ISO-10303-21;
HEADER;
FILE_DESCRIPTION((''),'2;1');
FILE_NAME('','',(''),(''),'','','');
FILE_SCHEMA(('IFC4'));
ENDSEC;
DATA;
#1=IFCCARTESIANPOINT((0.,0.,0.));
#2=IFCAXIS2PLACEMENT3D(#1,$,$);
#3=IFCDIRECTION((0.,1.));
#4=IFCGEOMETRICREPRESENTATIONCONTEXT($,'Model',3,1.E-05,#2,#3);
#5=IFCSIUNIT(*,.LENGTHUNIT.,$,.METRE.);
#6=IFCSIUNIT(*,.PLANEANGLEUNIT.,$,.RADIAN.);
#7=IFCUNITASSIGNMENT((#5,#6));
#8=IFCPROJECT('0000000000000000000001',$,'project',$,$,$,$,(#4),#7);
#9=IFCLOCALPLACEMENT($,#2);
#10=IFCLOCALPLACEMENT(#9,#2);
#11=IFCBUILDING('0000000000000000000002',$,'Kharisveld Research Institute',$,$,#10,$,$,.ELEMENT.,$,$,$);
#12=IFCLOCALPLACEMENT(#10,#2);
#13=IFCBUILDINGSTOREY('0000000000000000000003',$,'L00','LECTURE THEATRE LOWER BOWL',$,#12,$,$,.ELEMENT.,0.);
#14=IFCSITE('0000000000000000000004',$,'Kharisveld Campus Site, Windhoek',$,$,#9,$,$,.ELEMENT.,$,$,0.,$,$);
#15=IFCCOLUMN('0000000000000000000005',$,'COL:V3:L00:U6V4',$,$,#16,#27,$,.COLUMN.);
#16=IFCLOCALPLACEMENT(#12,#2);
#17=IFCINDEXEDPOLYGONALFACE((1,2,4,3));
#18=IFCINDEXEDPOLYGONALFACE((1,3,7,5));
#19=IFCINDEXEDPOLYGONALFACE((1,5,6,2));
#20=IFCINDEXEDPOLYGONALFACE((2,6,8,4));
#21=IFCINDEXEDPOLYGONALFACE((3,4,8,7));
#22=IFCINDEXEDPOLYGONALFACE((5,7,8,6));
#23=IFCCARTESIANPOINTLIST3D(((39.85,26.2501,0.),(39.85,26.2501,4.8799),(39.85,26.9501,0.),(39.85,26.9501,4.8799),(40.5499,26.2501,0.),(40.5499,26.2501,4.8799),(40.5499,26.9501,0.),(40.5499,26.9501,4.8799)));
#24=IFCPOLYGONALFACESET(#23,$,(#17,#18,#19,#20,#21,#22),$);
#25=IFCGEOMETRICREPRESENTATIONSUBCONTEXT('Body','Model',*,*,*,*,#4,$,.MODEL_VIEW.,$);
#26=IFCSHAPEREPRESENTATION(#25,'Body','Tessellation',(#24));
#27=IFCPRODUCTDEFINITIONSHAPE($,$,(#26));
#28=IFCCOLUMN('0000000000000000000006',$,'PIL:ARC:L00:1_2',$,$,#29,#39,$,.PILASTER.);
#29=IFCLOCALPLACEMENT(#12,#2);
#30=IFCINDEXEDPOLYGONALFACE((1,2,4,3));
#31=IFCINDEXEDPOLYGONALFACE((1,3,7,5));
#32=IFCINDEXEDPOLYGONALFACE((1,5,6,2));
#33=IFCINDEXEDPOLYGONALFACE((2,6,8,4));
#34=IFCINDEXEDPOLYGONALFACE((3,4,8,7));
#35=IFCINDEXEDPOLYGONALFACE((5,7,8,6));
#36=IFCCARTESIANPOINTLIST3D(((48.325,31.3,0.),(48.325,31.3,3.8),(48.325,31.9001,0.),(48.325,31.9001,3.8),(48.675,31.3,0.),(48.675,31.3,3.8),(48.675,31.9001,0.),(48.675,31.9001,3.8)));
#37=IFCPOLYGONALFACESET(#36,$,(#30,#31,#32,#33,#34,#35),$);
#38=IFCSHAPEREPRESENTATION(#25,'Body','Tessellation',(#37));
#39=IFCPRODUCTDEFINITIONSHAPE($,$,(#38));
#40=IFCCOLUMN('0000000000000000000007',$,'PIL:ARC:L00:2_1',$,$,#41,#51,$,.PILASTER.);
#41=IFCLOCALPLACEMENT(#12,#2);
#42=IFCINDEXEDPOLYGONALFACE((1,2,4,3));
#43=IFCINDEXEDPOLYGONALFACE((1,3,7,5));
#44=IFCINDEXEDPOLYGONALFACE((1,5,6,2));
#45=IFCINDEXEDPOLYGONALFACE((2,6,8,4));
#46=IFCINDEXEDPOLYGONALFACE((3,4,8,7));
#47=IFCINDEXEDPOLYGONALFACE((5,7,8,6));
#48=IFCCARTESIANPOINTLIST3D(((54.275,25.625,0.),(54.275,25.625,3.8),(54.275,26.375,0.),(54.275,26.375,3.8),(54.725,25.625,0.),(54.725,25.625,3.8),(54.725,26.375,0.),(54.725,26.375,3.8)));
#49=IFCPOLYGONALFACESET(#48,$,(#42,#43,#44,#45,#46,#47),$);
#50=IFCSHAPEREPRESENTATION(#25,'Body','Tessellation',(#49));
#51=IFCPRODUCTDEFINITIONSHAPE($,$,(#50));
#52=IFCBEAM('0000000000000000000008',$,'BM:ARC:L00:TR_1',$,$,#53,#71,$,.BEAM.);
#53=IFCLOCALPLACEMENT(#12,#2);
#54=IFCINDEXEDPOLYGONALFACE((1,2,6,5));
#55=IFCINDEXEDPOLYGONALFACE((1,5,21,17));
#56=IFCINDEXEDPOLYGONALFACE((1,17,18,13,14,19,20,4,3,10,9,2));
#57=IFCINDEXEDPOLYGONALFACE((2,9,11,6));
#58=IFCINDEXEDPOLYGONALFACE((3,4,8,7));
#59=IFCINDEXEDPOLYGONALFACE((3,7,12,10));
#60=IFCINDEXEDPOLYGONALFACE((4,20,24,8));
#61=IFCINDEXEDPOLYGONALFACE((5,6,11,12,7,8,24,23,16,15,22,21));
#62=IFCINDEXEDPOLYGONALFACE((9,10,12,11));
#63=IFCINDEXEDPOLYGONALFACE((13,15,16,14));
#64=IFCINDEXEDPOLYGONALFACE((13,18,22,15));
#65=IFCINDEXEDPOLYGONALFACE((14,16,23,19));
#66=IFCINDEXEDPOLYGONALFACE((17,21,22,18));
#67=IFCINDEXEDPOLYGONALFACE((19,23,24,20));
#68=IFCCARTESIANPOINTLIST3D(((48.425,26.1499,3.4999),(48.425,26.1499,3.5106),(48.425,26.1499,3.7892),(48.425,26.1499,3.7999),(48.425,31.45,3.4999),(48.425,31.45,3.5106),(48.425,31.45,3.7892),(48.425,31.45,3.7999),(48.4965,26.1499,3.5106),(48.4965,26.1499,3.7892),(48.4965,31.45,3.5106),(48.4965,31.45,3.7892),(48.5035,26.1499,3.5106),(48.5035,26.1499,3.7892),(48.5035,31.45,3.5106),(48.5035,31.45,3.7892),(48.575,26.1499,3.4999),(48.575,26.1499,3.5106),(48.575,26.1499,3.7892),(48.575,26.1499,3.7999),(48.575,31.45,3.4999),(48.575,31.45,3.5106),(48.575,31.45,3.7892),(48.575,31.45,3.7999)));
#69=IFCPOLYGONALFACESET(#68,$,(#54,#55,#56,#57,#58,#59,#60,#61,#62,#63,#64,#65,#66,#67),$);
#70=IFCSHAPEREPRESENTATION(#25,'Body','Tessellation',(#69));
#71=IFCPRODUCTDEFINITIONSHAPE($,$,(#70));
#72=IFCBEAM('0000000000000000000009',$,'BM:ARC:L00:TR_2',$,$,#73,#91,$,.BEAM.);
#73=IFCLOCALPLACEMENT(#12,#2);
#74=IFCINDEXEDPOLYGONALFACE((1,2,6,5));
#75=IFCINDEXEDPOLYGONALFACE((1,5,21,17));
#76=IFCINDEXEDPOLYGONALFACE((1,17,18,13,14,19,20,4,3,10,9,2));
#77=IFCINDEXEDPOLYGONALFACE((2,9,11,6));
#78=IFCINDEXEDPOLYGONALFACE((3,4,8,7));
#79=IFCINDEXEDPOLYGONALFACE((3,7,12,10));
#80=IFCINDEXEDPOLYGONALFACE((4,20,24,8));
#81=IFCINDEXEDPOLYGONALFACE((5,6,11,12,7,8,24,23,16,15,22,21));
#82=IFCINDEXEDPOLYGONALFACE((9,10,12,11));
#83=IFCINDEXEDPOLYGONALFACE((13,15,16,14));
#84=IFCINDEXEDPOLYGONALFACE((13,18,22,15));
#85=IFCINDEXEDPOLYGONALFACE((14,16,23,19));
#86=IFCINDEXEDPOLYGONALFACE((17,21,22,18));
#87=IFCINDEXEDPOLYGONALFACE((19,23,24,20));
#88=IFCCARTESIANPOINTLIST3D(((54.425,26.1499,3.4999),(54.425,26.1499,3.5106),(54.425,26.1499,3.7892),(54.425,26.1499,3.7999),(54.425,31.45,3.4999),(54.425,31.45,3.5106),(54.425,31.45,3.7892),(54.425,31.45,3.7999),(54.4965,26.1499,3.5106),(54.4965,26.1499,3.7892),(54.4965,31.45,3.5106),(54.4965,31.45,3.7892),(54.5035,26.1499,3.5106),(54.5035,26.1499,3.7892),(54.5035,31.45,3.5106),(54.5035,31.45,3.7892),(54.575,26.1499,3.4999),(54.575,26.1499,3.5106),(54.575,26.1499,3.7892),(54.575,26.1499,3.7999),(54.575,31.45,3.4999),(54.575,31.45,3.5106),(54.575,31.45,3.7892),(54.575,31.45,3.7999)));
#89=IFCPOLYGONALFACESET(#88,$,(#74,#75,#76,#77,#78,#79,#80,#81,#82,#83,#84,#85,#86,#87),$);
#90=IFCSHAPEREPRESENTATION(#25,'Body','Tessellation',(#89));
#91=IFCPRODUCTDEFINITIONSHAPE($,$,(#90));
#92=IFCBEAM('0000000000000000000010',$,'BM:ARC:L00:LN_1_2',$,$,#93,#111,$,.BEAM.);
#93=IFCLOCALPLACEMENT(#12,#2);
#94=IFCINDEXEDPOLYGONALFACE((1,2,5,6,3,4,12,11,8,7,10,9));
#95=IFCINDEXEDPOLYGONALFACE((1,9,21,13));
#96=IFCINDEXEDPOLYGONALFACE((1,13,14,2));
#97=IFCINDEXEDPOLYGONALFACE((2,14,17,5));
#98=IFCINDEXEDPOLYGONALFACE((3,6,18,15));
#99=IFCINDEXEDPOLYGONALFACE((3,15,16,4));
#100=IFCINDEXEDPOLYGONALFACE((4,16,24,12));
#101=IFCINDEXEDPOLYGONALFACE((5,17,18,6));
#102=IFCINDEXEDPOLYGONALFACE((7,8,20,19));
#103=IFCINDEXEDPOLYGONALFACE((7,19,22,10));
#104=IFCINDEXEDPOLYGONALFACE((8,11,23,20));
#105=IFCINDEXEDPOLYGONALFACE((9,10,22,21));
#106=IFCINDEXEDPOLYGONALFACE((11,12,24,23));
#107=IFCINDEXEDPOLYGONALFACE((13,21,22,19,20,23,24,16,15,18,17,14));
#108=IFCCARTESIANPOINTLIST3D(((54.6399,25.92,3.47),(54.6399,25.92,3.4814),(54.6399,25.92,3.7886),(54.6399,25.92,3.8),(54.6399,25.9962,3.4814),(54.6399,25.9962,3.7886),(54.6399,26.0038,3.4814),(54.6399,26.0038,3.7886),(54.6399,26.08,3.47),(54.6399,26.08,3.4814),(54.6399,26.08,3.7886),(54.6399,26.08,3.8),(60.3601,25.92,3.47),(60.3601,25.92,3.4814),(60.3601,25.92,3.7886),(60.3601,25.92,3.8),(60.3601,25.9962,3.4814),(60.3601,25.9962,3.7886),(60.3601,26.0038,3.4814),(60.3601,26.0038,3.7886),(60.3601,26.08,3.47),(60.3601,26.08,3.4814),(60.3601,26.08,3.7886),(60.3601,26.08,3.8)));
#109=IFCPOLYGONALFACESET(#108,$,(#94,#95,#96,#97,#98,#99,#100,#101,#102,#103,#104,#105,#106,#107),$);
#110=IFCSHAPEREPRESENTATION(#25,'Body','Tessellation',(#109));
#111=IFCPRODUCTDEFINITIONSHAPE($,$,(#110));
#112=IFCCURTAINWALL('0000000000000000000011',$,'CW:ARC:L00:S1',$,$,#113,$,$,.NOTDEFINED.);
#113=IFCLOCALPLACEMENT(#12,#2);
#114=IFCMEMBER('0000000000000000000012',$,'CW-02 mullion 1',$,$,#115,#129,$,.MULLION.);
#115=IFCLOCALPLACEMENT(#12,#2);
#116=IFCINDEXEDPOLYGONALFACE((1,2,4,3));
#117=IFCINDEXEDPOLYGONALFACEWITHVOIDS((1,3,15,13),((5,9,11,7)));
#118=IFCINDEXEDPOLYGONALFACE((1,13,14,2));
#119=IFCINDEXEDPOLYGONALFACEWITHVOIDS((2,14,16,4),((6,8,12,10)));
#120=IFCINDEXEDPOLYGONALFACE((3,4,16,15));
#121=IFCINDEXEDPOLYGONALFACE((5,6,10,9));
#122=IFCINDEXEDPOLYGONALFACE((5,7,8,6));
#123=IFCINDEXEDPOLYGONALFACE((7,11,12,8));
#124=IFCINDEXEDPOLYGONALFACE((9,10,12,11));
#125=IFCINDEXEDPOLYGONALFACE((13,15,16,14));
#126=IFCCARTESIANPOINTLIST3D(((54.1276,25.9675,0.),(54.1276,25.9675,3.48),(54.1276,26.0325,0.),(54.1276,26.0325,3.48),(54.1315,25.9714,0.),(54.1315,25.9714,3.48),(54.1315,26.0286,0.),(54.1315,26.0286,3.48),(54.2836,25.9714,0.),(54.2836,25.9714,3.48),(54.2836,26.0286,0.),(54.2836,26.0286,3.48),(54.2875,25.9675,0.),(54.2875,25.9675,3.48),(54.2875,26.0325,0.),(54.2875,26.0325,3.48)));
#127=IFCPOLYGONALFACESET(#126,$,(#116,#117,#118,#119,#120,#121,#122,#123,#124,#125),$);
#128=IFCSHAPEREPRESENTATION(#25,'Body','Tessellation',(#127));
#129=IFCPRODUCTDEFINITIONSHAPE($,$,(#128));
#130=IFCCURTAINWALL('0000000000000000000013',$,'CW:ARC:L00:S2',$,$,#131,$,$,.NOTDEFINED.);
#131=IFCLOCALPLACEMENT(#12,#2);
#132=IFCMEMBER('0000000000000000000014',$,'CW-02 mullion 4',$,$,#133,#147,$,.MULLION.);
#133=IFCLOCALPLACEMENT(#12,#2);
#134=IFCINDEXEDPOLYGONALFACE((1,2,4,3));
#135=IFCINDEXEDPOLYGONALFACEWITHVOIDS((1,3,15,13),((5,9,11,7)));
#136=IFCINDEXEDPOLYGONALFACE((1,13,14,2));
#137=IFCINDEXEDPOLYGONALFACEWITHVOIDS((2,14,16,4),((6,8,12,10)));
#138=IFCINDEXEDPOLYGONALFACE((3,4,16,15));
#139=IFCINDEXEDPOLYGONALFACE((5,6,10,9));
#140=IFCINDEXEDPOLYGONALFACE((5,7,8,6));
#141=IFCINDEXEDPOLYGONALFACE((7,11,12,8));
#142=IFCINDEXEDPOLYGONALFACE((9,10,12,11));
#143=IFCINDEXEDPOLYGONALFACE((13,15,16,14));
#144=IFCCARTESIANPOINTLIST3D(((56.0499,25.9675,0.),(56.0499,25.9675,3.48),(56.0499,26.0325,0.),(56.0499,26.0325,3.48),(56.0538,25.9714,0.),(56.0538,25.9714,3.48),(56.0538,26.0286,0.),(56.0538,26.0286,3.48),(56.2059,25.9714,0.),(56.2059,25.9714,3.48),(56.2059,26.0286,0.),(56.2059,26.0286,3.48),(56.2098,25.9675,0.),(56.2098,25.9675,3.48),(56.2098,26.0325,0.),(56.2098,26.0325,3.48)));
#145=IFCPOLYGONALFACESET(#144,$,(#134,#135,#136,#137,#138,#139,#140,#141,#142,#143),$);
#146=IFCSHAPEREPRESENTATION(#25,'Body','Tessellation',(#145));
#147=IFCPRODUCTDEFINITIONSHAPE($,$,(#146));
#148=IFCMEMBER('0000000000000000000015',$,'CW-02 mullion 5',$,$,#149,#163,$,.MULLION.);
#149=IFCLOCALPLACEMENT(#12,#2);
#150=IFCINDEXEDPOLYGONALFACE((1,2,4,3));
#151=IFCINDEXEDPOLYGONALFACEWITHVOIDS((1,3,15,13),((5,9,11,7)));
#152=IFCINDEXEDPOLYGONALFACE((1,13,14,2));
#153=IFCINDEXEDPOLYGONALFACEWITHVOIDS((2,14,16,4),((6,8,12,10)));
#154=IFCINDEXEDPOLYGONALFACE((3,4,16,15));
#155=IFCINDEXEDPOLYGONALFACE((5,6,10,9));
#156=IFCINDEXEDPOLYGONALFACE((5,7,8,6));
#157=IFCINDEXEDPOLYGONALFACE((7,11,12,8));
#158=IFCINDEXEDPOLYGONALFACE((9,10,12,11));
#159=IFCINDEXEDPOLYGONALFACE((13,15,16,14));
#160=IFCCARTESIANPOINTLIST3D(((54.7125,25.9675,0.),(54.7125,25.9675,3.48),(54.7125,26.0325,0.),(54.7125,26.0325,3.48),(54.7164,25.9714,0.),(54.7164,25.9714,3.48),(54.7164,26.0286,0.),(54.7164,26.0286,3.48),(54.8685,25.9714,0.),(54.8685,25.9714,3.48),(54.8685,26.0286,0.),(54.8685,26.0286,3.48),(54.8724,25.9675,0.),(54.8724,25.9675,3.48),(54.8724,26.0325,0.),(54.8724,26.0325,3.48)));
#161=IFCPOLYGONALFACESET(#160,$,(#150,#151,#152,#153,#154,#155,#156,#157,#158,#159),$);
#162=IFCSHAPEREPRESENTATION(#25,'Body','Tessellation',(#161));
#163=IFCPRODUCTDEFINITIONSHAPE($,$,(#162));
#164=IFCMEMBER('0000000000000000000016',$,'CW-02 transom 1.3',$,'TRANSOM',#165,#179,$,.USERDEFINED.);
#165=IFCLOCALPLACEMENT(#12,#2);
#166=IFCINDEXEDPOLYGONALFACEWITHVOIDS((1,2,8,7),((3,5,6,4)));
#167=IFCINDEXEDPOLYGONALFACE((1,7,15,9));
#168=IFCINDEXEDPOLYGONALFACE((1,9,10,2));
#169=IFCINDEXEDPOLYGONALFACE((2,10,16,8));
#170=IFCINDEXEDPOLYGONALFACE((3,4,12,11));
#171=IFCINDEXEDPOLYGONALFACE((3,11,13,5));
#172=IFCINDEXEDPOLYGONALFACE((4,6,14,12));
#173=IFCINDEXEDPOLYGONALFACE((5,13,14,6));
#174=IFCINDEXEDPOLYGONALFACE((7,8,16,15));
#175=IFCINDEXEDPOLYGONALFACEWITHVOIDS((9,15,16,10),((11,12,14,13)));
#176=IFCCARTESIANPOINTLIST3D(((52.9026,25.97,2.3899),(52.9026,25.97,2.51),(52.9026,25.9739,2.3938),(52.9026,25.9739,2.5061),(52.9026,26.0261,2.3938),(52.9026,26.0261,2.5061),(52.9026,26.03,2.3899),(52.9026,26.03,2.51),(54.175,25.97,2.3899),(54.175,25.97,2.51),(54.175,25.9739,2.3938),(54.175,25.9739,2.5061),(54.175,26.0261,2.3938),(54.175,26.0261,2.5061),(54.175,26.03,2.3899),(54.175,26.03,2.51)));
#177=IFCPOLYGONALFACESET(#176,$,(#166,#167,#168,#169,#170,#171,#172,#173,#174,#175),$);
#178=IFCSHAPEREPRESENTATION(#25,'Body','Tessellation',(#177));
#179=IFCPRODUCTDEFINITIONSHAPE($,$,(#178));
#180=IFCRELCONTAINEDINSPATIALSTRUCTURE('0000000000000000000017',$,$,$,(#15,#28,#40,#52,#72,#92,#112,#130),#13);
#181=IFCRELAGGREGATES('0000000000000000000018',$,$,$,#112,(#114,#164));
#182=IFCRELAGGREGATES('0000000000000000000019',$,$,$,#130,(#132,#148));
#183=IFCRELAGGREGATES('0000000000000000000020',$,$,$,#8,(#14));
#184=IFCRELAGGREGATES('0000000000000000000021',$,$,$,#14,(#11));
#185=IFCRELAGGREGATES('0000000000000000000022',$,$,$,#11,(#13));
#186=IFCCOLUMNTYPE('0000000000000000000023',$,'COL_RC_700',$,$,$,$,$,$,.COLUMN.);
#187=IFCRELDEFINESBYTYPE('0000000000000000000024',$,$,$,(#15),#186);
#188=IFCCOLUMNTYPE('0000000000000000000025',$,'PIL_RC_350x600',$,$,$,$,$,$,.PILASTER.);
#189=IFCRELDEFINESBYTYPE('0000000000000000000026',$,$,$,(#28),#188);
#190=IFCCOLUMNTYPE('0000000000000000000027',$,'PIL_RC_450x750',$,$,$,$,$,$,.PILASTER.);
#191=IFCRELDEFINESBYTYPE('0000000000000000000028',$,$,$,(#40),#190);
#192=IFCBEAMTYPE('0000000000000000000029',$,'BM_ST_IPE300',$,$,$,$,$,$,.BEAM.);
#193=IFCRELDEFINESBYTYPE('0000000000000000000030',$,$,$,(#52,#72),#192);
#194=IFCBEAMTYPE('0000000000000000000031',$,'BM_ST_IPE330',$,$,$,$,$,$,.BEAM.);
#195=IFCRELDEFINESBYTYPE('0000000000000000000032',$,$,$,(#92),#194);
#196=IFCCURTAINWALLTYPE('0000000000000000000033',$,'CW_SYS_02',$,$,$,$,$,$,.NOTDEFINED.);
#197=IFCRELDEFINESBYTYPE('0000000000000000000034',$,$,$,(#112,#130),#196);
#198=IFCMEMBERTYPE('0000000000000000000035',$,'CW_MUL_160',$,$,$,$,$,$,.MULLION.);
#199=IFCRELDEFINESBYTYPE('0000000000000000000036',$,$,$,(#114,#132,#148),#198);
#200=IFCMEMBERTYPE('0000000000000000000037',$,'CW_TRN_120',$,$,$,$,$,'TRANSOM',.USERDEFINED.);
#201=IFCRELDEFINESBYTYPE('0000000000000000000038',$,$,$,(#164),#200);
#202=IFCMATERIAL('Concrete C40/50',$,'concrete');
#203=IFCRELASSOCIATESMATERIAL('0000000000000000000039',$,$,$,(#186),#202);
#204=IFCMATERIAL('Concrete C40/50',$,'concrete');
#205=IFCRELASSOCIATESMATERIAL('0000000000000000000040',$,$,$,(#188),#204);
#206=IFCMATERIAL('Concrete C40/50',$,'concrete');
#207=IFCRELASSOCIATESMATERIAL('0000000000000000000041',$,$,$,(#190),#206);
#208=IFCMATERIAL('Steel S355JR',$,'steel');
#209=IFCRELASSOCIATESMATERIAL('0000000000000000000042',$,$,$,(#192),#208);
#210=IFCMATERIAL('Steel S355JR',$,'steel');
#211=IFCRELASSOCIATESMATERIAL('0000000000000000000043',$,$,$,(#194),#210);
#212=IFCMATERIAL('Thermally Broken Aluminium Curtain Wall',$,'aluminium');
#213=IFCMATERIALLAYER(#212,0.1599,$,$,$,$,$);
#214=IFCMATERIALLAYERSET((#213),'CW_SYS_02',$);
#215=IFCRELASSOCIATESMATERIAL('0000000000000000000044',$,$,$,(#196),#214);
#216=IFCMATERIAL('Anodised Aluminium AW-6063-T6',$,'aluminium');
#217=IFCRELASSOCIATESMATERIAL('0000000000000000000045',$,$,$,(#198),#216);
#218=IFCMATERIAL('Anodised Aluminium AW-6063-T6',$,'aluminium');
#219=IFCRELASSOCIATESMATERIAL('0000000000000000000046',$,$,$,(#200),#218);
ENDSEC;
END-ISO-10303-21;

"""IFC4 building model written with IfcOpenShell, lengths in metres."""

from ifc_helpers import new_model, si_unit, direction, frame, origin, origin_2d, place, context, subcontext, project, spatial, rectangle, hollow_rectangle, i_section, extrude, material, layer, layer_set, material_profile, profile_set, type_object, element, aggregate, save


model = new_model("IFC4")

# Units and contexts
model_context = context("Model", 3, precision=1e-05, world=origin(), true_north=direction((0.0, 1.0)))
body_context = subcontext(model_context, "Body", "Model", "MODEL_VIEW")
ifc_project = project(units=[si_unit("LENGTHUNIT", "METRE"), si_unit("PLANEANGLEUNIT", "RADIAN")], contexts=[model_context])

# Site, building, storey
site_placement = place(None, origin())
site = spatial("IfcSite", under=ifc_project, at=site_placement, Name="Kharisveld Campus Site, Windhoek", CompositionType="ELEMENT", RefElevation=0.0)
building_placement = place(site_placement, origin())
building = spatial("IfcBuilding", under=site, at=building_placement, Name="Kharisveld Research Institute", CompositionType="ELEMENT")
storey_placement = place(building_placement, origin())
storey = spatial("IfcBuildingStorey", under=building, at=storey_placement, Name="L00", Description="LECTURE THEATRE LOWER BOWL", CompositionType="ELEMENT", Elevation=0.0)

# Columns
ifc_material_1 = material(Name="Concrete C40/50", Category="concrete")
ifc_material_profile_1 = material_profile(ifc_material_1, rectangle(XDim=0.7, YDim=0.7, at=origin_2d()))
ifc_profile_set_1 = profile_set([ifc_material_profile_1], Name="Concrete C40/50")
column_type_1 = type_object("IfcColumnType", Name="COL_RC_700", PredefinedType="COLUMN", material=ifc_profile_set_1)
column_1_placement = place(storey_placement, frame((40.2, 26.6001, 0.0), z_axis=(0.0, 0.0, 1.0), x_axis=(1.0, 0.0, 0.0)))
element("IfcColumn", 1, at=column_1_placement, inside=storey, type_object=column_type_1, Name="COL:V3:L00:U6V4", PredefinedType="COLUMN", context=body_context, shape_type="SweptSolid", body=[
    extrude(rectangle(XDim=0.7, YDim=0.7, at=origin_2d()), origin(), (0.0, 0.0, 1.0), 4.8799),
])
ifc_material_2 = material(Name="Concrete C40/50", Category="concrete")
ifc_material_profile_2 = material_profile(ifc_material_2, rectangle(XDim=0.3501, YDim=0.6001, at=origin_2d()))
ifc_profile_set_2 = profile_set([ifc_material_profile_2], Name="Concrete C40/50")
column_type_2 = type_object("IfcColumnType", Name="PIL_RC_350x600", PredefinedType="PILASTER", material=ifc_profile_set_2)
column_2_placement = place(storey_placement, frame((48.5, 31.6001, 0.0), z_axis=(0.0, 0.0, 1.0), x_axis=(1.0, 0.0, 0.0)))
element("IfcColumn", 2, at=column_2_placement, inside=storey, type_object=column_type_2, Name="PIL:ARC:L00:1_2", PredefinedType="PILASTER", context=body_context, shape_type="SweptSolid", body=[
    extrude(rectangle(XDim=0.3501, YDim=0.6001, at=origin_2d()), origin(), (0.0, 0.0, 1.0), 3.8),
])
ifc_material_3 = material(Name="Concrete C40/50", Category="concrete")
ifc_material_profile_3 = material_profile(ifc_material_3, rectangle(XDim=0.45, YDim=0.75, at=origin_2d()))
ifc_profile_set_3 = profile_set([ifc_material_profile_3], Name="Concrete C40/50")
column_type_3 = type_object("IfcColumnType", Name="PIL_RC_450x750", PredefinedType="PILASTER", material=ifc_profile_set_3)
column_3_placement = place(storey_placement, frame((54.5, 26.0, 0.0), z_axis=(0.0, 0.0, 1.0), x_axis=(1.0, 0.0, 0.0)))
element("IfcColumn", 3, at=column_3_placement, inside=storey, type_object=column_type_3, Name="PIL:ARC:L00:2_1", PredefinedType="PILASTER", context=body_context, shape_type="SweptSolid", body=[
    extrude(rectangle(XDim=0.45, YDim=0.75, at=origin_2d()), origin(), (0.0, 0.0, 1.0), 3.8),
])

# Beams
ifc_material_4 = material(Name="Steel S355JR", Category="steel")
ifc_material_profile_4 = material_profile(ifc_material_4, i_section(OverallWidth=0.1499, OverallDepth=0.3, WebThickness=0.0071, FlangeThickness=0.0107, at=origin_2d()))
ifc_profile_set_4 = profile_set([ifc_material_profile_4], Name="Steel S355JR")
beam_type_1 = type_object("IfcBeamType", Name="BM_ST_IPE300", PredefinedType="BEAM", material=ifc_profile_set_4)
for number, where, z_axis, x_axis, name in (
    (4, (48.5, 26.1499, 3.6499), (0.0, 1.0, 0.0), (-1.0, 0.0, 0.0), "BM:ARC:L00:TR_1"),
    (5, (54.5, 26.1499, 3.6499), (0.0, 1.0, 0.0), (-1.0, 0.0, 0.0), "BM:ARC:L00:TR_2"),
):
    element("IfcBeam", number, at=place(storey_placement, frame(where, z_axis=z_axis, x_axis=x_axis)), inside=storey, type_object=beam_type_1, Name=name, PredefinedType="BEAM", context=body_context, shape_type="SweptSolid", body=[
        extrude(i_section(OverallWidth=0.1499, OverallDepth=0.3, WebThickness=0.0071, FlangeThickness=0.0107, at=origin_2d()), origin(), (0.0, 0.0, 1.0), 5.3),
    ])
ifc_material_5 = material(Name="Steel S355JR", Category="steel")
ifc_material_profile_5 = material_profile(ifc_material_5, i_section(OverallWidth=0.1599, OverallDepth=0.3301, WebThickness=0.0076, FlangeThickness=0.0115, at=origin_2d()))
ifc_profile_set_5 = profile_set([ifc_material_profile_5], Name="Steel S355JR")
beam_type_2 = type_object("IfcBeamType", Name="BM_ST_IPE330", PredefinedType="BEAM", material=ifc_profile_set_5)
beam_placement = place(storey_placement, frame((54.6399, 26.0, 3.635), z_axis=(1.0, 0.0, 0.0), x_axis=(0.0, 1.0, 0.0)))
element("IfcBeam", 6, at=beam_placement, inside=storey, type_object=beam_type_2, Name="BM:ARC:L00:LN_1_2", PredefinedType="BEAM", context=body_context, shape_type="SweptSolid", body=[
    extrude(i_section(OverallWidth=0.1599, OverallDepth=0.3301, WebThickness=0.0076, FlangeThickness=0.0115, at=origin_2d()), origin(), (0.0, 0.0, 1.0), 5.7202),
])

# Curtain wall, member
ifc_material_6 = material(Name="Thermally Broken Aluminium Curtain Wall", Category="aluminium")
ifc_layer_1 = layer(ifc_material_6, 0.1599)
ifc_layer_set_1 = layer_set([ifc_layer_1], Name="CW_SYS_02")
curtain_wall_type = type_object("IfcCurtainWallType", Name="CW_SYS_02", PredefinedType="NOTDEFINED", material=ifc_layer_set_1)
curtain_wall_1_placement = place(storey_placement, origin())
curtain_wall_1 = element("IfcCurtainWall", 7, at=curtain_wall_1_placement, inside=storey, type_object=curtain_wall_type, Name="CW:ARC:L00:S1", PredefinedType="NOTDEFINED")
ifc_material_7 = material(Name="Anodised Aluminium AW-6063-T6", Category="aluminium")
ifc_material_profile_6 = material_profile(ifc_material_7, hollow_rectangle(XDim=0.0649, YDim=0.1599, WallThickness=0.0039, at=origin_2d()))
ifc_profile_set_6 = profile_set([ifc_material_profile_6], Name="Anodised Aluminium AW-6063-T6")
member_type_1 = type_object("IfcMemberType", Name="CW_MUL_160", PredefinedType="MULLION", material=ifc_profile_set_6)
member_1_placement = place(storey_placement, frame((54.2075, 26.0, 0.0), z_axis=(0.0, 0.0, 1.0), x_axis=(0.0, -1.0, 0.0)))
member_1 = element("IfcMember", 8, at=member_1_placement, type_object=member_type_1, Name="CW-02 mullion 1", PredefinedType="MULLION", context=body_context, shape_type="SweptSolid", body=[
    extrude(hollow_rectangle(XDim=0.0649, YDim=0.1599, WallThickness=0.0039, at=origin_2d()), origin(), (0.0, 0.0, 1.0), 3.48),
])

# Curtain wall, members
curtain_wall_2_placement = place(storey_placement, origin())
curtain_wall_2 = element("IfcCurtainWall", 9, at=curtain_wall_2_placement, inside=storey, type_object=curtain_wall_type, Name="CW:ARC:L00:S2", PredefinedType="NOTDEFINED")
member_2_placement = place(storey_placement, frame((56.1299, 26.0, 0.0), z_axis=(0.0, 0.0, 1.0), x_axis=(0.0, -1.0, 0.0)))
member_2 = element("IfcMember", 10, at=member_2_placement, type_object=member_type_1, Name="CW-02 mullion 4", PredefinedType="MULLION", context=body_context, shape_type="SweptSolid", body=[
    extrude(hollow_rectangle(XDim=0.0649, YDim=0.1599, WallThickness=0.0039, at=origin_2d()), origin(), (0.0, 0.0, 1.0), 3.48),
])
member_3_placement = place(storey_placement, frame((54.7925, 26.0, 0.0), z_axis=(0.0, 0.0, 1.0), x_axis=(0.0, -1.0, 0.0)))
member_3 = element("IfcMember", 11, at=member_3_placement, type_object=member_type_1, Name="CW-02 mullion 5", PredefinedType="MULLION", context=body_context, shape_type="SweptSolid", body=[
    extrude(hollow_rectangle(XDim=0.0649, YDim=0.1599, WallThickness=0.0039, at=origin_2d()), origin(), (0.0, 0.0, 1.0), 3.48),
])

# Member
ifc_material_8 = material(Name="Anodised Aluminium AW-6063-T6", Category="aluminium")
ifc_material_profile_7 = material_profile(ifc_material_8, hollow_rectangle(XDim=0.0601, YDim=0.1201, WallThickness=0.0039, at=origin_2d()))
ifc_profile_set_7 = profile_set([ifc_material_profile_7], Name="Anodised Aluminium AW-6063-T6")
member_type_2 = type_object("IfcMemberType", Name="CW_TRN_120", ElementType="TRANSOM", PredefinedType="USERDEFINED", material=ifc_profile_set_7)
member_4_placement = place(storey_placement, frame((54.175, 26.0, 2.45), z_axis=(-1.0, 0.0, 0.0), x_axis=(0.0, -1.0, 0.0)))
member_4 = element("IfcMember", 12, at=member_4_placement, type_object=member_type_2, Name="CW-02 transom 1.3", ObjectType="TRANSOM", PredefinedType="USERDEFINED", context=body_context, shape_type="SweptSolid", body=[
    extrude(hollow_rectangle(XDim=0.0601, YDim=0.1201, WallThickness=0.0039, at=origin_2d()), origin(), (0.0, 0.0, 1.0), 1.2725),
])
aggregate(curtain_wall_1, [member_1, member_4])

aggregate(curtain_wall_2, [member_2, member_3])

save(model, "model.ifc")
